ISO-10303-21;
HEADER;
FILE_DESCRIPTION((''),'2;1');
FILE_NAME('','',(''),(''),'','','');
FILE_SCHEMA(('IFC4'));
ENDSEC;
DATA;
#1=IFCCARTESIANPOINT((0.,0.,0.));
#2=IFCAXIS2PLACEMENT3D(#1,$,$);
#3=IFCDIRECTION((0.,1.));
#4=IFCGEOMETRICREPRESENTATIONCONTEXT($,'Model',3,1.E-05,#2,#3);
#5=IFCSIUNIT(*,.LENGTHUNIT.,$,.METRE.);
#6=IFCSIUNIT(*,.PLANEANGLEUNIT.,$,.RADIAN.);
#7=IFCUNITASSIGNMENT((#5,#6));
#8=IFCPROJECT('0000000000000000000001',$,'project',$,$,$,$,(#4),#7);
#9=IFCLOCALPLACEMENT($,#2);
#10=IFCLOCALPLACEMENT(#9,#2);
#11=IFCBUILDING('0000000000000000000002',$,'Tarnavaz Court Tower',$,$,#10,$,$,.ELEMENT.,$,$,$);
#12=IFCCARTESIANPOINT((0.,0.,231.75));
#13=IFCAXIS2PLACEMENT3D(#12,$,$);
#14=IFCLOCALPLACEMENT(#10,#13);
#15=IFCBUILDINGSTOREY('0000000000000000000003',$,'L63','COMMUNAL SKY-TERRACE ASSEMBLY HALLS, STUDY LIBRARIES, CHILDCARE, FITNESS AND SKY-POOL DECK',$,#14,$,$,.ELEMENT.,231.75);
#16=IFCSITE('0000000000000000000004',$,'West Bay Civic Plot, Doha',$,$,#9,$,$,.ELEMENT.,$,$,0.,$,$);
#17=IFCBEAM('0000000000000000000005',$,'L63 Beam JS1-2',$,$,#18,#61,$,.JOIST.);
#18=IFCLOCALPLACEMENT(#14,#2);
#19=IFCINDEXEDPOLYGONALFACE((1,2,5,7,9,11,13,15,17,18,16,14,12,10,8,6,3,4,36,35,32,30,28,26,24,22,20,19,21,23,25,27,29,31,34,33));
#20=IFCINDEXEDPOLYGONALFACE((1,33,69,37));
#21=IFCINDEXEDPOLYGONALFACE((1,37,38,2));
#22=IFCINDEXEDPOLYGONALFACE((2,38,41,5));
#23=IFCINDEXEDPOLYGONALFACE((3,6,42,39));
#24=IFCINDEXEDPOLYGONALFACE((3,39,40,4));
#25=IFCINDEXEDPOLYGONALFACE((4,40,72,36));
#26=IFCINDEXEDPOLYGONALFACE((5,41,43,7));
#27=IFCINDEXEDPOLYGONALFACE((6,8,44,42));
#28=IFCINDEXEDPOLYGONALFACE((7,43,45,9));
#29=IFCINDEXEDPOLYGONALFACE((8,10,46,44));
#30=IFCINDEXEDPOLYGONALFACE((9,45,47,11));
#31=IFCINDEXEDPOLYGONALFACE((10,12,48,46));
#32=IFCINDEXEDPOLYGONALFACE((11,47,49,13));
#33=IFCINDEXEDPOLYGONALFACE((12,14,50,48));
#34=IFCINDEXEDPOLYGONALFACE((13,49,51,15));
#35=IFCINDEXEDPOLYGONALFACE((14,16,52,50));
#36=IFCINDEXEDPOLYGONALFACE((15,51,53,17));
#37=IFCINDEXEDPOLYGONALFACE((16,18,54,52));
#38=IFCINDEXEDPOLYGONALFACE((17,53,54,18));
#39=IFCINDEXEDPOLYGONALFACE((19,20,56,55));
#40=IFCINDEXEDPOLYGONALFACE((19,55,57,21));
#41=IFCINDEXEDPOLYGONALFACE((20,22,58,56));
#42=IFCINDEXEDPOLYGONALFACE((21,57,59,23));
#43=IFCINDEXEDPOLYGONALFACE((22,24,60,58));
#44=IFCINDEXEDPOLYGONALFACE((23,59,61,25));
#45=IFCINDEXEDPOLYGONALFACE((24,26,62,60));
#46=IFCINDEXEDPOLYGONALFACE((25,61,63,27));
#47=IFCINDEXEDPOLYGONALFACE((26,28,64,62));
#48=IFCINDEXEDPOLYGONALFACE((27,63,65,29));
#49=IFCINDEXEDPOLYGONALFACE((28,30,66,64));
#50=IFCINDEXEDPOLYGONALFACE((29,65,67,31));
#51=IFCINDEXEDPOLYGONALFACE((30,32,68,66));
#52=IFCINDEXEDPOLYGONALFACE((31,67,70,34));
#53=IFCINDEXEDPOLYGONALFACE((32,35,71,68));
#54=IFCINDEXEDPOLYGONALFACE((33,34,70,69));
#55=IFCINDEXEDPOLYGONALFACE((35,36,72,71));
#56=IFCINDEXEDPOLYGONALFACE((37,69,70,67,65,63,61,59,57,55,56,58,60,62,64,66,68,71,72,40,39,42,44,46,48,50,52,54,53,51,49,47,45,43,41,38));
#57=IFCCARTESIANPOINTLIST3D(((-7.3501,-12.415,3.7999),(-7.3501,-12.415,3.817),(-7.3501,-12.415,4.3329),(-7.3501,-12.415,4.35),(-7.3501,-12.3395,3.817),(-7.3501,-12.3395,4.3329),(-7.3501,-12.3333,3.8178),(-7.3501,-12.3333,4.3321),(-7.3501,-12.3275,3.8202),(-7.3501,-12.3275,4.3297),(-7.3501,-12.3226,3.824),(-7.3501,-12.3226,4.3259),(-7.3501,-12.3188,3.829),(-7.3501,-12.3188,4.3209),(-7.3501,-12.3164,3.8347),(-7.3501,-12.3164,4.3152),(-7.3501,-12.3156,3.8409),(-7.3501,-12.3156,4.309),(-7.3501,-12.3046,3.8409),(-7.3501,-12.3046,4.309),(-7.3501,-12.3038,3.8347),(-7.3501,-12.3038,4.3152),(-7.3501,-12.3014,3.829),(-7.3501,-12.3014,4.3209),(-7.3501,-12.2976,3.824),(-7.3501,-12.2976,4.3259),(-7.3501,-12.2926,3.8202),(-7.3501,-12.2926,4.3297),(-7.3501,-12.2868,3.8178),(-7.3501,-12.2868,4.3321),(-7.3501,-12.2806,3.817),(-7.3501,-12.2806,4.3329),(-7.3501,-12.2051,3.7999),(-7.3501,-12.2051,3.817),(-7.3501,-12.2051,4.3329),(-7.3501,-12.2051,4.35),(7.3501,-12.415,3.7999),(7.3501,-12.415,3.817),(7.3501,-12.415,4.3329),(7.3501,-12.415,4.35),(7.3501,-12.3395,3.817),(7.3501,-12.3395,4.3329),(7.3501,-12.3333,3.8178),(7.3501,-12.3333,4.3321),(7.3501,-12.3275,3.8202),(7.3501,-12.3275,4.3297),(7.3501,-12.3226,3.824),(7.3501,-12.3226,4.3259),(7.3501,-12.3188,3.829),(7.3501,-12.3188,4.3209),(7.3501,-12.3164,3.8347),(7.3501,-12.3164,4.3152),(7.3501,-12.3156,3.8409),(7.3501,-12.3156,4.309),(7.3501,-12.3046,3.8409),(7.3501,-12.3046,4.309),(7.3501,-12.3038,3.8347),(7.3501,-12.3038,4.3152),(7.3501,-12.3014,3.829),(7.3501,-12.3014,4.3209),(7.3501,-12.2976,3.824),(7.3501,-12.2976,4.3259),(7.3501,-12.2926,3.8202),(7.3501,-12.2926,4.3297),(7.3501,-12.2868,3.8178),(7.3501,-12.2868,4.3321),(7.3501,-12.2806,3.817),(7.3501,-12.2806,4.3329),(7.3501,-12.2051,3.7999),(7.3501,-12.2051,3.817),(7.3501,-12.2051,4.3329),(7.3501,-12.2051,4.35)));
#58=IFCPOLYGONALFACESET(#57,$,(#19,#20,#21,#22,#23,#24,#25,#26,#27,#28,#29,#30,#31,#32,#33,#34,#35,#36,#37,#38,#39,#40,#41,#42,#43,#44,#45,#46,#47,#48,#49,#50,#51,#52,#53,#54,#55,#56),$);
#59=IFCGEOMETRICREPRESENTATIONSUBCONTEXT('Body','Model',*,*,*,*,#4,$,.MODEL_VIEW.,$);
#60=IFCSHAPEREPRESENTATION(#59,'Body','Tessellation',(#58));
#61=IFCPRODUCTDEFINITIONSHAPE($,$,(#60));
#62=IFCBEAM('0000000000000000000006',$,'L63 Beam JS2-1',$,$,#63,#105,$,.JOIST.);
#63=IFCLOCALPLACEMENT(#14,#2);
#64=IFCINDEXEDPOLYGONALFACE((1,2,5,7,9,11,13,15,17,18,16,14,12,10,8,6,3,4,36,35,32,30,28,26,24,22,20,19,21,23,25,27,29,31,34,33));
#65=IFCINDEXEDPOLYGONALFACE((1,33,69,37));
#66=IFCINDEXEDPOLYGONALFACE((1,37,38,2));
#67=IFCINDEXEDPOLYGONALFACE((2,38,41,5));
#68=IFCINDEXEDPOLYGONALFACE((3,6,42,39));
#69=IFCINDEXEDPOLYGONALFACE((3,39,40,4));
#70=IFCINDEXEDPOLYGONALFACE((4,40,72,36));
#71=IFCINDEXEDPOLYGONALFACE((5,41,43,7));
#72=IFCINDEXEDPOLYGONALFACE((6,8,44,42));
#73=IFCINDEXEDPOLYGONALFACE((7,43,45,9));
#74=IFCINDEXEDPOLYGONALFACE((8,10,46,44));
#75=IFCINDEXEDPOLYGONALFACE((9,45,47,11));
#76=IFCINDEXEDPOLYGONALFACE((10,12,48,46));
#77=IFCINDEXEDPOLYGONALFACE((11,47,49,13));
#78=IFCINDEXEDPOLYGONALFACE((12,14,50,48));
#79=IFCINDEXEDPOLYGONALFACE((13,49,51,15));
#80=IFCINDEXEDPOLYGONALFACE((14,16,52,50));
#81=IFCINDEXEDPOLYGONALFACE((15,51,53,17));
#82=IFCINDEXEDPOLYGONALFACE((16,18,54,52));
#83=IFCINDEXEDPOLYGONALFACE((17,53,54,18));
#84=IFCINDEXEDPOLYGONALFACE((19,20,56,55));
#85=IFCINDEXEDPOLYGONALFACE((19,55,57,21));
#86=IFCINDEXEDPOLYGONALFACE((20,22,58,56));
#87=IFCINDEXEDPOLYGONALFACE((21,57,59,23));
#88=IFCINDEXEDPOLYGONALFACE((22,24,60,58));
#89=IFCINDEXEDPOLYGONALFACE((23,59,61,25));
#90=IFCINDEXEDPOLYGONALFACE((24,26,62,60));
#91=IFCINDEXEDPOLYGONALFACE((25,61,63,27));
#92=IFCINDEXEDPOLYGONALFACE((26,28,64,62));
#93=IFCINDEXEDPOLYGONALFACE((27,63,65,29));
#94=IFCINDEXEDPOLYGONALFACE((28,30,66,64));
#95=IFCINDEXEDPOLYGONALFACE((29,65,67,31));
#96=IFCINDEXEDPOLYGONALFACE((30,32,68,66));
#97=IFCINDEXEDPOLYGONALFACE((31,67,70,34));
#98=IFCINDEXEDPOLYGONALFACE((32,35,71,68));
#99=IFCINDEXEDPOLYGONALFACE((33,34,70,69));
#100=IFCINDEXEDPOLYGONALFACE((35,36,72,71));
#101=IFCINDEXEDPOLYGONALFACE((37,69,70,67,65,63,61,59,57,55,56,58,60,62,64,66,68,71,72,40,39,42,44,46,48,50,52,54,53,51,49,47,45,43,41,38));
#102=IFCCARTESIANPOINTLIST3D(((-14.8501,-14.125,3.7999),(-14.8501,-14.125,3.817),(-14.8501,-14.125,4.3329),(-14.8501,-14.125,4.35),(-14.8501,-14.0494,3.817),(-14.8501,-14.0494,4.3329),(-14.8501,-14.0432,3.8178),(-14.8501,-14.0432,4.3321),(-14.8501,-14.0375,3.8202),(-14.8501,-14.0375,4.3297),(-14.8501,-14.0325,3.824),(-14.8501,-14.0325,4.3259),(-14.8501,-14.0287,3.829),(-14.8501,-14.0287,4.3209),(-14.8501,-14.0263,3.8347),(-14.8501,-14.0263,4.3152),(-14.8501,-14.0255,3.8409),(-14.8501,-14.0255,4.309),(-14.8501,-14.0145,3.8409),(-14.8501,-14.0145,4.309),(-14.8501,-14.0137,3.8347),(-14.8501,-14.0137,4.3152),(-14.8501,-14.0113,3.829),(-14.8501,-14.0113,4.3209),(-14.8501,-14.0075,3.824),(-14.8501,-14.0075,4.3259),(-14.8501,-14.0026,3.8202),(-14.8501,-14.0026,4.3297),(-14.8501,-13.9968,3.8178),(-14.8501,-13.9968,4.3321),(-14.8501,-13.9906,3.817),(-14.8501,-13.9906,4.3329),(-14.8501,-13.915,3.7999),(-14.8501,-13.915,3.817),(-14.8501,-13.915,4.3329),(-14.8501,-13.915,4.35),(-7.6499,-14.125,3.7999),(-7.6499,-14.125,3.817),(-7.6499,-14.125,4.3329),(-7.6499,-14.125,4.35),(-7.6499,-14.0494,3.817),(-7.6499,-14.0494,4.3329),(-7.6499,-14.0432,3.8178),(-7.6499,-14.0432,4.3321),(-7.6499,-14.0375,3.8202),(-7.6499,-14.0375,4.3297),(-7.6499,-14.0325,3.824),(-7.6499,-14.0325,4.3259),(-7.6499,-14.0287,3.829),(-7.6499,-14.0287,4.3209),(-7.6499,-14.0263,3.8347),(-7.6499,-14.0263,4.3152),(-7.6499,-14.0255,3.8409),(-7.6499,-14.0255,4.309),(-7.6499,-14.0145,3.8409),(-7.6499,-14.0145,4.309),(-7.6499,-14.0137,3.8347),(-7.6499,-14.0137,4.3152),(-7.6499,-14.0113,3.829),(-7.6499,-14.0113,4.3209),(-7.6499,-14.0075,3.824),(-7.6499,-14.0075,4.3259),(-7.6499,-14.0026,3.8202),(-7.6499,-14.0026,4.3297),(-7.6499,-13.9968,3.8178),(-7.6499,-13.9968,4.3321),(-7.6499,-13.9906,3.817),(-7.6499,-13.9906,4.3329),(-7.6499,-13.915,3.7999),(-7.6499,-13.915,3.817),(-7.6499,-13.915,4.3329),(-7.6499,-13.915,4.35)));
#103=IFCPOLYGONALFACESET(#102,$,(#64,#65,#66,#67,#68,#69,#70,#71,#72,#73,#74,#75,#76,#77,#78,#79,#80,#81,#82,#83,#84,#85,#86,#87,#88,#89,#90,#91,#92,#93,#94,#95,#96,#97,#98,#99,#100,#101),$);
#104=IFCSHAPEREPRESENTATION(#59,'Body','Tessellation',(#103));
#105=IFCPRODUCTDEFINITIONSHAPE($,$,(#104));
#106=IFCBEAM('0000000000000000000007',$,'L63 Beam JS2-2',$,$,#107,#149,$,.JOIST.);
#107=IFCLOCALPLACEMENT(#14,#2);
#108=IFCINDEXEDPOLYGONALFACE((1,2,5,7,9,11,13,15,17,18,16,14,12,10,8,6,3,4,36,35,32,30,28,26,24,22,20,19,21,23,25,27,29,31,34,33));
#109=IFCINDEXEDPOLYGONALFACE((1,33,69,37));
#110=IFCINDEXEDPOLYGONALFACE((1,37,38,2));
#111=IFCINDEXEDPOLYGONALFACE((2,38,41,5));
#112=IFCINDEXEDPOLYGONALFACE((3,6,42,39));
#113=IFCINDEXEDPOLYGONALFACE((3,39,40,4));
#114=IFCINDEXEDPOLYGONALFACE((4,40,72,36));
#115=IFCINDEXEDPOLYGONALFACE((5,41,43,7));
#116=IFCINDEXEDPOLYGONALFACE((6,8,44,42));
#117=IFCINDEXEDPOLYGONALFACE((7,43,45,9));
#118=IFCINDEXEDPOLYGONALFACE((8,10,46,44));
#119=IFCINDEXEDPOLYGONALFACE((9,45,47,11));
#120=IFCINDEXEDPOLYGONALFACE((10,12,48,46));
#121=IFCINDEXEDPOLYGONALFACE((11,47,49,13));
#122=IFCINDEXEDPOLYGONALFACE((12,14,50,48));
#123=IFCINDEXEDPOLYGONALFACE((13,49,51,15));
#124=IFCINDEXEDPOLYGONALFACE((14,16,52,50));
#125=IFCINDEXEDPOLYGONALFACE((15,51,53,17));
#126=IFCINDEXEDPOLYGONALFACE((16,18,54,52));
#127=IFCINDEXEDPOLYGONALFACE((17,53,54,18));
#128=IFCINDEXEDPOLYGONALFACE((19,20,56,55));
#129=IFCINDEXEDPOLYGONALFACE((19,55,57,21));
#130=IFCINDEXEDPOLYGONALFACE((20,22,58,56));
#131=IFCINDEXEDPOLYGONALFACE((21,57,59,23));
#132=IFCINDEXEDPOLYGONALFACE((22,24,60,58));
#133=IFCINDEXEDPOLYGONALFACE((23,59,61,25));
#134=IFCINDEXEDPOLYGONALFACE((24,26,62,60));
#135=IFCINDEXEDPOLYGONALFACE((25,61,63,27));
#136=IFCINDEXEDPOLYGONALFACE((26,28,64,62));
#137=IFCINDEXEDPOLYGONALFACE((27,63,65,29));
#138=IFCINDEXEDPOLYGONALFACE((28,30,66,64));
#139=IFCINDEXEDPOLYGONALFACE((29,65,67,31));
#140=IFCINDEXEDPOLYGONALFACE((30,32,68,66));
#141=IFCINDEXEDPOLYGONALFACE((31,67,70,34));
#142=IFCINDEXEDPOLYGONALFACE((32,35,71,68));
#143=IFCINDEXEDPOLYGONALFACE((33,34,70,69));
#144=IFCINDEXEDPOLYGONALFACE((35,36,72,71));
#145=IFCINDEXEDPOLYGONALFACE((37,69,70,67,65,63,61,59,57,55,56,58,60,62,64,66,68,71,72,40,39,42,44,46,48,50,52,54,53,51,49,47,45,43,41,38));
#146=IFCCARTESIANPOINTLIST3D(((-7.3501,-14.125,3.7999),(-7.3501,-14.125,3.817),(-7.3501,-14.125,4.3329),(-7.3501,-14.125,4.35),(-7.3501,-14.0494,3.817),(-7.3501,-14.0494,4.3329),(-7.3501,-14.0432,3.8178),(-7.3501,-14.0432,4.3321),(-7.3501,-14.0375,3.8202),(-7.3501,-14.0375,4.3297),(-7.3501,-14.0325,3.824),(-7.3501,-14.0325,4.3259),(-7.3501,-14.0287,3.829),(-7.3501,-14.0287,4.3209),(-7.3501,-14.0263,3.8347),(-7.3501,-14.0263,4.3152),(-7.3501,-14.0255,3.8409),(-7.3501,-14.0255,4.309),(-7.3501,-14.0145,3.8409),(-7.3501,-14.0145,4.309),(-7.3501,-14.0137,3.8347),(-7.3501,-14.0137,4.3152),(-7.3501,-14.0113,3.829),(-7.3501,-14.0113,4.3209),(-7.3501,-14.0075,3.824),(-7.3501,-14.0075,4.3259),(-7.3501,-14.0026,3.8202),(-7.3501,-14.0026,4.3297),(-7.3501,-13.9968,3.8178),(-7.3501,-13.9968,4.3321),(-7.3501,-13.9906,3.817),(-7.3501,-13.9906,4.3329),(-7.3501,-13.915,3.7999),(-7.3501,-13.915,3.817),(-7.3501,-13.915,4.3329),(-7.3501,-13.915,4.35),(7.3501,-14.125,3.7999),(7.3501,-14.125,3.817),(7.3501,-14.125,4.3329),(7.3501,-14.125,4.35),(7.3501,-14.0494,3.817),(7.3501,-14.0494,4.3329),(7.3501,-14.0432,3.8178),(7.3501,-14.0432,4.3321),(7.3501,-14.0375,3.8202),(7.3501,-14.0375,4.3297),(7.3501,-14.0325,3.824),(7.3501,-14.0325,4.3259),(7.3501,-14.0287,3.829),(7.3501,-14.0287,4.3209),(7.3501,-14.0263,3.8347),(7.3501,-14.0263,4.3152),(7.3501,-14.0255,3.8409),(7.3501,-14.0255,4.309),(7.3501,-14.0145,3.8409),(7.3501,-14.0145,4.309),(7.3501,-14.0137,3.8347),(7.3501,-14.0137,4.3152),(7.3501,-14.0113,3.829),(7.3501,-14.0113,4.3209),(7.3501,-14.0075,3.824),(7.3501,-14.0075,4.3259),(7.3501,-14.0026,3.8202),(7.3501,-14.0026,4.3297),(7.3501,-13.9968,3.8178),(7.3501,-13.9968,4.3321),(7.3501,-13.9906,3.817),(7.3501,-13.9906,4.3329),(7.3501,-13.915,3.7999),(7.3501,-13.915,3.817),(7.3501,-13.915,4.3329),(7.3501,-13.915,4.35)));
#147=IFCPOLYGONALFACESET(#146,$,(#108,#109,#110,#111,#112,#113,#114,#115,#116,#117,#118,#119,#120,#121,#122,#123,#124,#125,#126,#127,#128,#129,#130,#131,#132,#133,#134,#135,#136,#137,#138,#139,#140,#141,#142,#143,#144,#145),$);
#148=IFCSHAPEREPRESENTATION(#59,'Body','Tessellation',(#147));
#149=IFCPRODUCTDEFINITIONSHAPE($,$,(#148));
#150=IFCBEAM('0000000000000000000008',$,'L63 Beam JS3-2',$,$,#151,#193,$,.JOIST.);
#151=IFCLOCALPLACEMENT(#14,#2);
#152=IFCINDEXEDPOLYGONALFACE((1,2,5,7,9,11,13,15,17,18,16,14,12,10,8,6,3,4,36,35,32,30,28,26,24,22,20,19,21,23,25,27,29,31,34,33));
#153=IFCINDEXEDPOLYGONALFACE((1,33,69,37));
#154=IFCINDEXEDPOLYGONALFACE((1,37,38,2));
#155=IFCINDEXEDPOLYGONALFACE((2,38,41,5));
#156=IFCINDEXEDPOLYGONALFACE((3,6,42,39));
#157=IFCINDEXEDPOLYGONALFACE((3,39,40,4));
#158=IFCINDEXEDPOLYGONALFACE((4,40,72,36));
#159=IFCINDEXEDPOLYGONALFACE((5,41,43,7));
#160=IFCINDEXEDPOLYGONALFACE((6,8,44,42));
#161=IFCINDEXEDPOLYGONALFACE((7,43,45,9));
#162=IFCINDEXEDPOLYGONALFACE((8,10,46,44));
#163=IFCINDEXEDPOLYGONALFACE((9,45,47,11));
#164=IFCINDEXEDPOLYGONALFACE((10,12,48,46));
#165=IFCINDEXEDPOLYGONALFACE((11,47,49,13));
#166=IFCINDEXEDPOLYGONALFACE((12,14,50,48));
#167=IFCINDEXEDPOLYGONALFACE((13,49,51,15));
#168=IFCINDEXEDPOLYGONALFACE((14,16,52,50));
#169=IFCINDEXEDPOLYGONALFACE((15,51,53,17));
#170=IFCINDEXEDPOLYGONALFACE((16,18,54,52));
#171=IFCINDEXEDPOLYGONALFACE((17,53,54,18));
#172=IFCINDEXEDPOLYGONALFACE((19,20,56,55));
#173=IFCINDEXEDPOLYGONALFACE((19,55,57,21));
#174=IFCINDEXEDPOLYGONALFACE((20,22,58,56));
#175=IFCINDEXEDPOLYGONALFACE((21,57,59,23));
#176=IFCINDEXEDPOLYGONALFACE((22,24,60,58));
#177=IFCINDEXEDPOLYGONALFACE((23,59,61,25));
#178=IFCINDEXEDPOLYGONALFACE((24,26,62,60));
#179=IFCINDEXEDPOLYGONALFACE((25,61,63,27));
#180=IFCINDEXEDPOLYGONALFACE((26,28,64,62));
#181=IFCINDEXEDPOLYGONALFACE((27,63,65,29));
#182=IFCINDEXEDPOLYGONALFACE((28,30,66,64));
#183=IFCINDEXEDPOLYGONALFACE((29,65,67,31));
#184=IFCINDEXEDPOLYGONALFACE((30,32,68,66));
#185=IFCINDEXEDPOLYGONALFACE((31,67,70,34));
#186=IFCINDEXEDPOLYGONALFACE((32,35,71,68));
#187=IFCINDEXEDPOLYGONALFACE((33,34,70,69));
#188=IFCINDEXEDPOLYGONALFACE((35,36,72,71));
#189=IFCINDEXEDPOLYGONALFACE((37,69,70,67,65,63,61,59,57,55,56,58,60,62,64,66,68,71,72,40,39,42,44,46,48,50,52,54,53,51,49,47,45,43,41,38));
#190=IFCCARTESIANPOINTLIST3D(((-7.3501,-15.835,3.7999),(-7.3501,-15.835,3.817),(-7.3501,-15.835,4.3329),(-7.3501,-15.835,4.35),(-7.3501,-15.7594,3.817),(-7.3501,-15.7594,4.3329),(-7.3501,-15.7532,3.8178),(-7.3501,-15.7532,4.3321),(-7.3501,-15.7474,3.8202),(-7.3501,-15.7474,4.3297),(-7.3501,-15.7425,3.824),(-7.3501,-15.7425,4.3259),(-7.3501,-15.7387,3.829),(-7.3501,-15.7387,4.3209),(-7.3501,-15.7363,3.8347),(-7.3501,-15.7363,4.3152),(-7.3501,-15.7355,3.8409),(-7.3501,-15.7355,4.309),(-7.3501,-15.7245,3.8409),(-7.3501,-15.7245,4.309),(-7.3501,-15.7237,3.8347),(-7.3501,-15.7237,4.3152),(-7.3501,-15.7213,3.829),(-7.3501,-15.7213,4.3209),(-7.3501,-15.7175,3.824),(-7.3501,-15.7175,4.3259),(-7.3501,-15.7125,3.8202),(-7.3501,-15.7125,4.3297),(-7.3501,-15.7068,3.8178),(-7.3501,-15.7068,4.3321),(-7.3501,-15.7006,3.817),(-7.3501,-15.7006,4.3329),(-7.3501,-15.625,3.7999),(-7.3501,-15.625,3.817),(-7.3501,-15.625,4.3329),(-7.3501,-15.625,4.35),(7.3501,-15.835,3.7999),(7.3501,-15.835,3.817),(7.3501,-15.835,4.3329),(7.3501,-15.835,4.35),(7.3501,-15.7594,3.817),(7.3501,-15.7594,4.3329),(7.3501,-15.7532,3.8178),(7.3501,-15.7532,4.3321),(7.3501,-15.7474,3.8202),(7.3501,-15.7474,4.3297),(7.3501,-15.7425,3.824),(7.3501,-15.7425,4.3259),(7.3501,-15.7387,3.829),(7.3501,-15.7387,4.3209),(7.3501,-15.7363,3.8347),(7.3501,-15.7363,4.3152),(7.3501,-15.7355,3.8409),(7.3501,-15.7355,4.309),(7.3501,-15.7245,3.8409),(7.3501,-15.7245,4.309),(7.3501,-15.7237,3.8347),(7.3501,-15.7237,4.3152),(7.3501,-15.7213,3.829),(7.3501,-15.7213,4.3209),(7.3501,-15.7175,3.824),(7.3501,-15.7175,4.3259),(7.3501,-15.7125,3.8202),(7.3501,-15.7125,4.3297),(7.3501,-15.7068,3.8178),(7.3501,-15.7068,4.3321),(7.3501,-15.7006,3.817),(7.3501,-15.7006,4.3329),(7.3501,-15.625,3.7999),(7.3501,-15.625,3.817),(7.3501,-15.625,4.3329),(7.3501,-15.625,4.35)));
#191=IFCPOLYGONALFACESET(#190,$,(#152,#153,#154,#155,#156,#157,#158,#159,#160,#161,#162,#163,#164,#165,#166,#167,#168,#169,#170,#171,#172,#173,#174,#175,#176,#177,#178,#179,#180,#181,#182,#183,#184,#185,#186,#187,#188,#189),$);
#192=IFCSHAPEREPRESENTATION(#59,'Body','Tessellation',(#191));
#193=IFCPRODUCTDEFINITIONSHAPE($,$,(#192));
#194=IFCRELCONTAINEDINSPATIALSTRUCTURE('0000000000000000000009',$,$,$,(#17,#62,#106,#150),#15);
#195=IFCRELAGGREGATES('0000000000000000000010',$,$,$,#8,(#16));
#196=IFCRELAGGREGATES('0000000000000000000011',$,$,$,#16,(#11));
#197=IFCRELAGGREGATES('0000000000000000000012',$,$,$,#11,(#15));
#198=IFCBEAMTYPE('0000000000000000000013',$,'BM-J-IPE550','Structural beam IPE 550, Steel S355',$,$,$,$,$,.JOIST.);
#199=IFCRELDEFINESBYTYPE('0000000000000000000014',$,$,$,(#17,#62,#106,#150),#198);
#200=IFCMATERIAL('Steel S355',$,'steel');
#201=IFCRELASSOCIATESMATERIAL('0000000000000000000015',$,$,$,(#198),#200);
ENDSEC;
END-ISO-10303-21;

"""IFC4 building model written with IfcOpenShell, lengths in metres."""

from ifc_helpers import new_model, si_unit, direction, frame, origin, origin_2d, place, context, subcontext, project, spatial, i_section, extrude, material, material_profile, profile_set, type_object, element, save


model = new_model("IFC4")

# Units and contexts
model_context = context("Model", 3, precision=1e-05, world=origin(), true_north=direction((0.0, 1.0)))
body_context = subcontext(model_context, "Body", "Model", "MODEL_VIEW")
ifc_project = project(units=[si_unit("LENGTHUNIT", "METRE"), si_unit("PLANEANGLEUNIT", "RADIAN")], contexts=[model_context])

# Site, building, storey
site_placement = place(None, origin())
site = spatial("IfcSite", under=ifc_project, at=site_placement, Name="West Bay Civic Plot, Doha", CompositionType="ELEMENT", RefElevation=0.0)
building_placement = place(site_placement, origin())
building = spatial("IfcBuilding", under=site, at=building_placement, Name="Tarnavaz Court Tower", CompositionType="ELEMENT")
storey_placement = place(building_placement, frame((0.0, 0.0, 231.75)))
storey = spatial("IfcBuildingStorey", under=building, at=storey_placement, Name="L63", Description="COMMUNAL SKY-TERRACE ASSEMBLY HALLS, STUDY LIBRARIES, CHILDCARE, FITNESS AND SKY-POOL DECK", CompositionType="ELEMENT", Elevation=231.75)

# Beams
ifc_material_1 = material(Name="Steel S355", Category="steel")
ifc_material_profile_1 = material_profile(ifc_material_1, i_section(OverallWidth=0.21, OverallDepth=0.55, WebThickness=0.011, FlangeThickness=0.0171, FilletRadius=0.0239, at=origin_2d()), Name="IPE 550")
ifc_profile_set_1 = profile_set([ifc_material_profile_1], Name="Steel S355")
beam_type_1 = type_object("IfcBeamType", Name="BM-J-IPE550", Description="Structural beam IPE 550, Steel S355", PredefinedType="JOIST", material=ifc_profile_set_1)
beam_1_placement = place(storey_placement, frame((-7.3501, -12.3101, 4.075), z_axis=(1.0, 0.0, 0.0), x_axis=(0.0, 1.0, 0.0)))
element("IfcBeam", 1, at=beam_1_placement, inside=storey, type_object=beam_type_1, Name="L63 Beam JS1-2", PredefinedType="JOIST", context=body_context, shape_type="SweptSolid", body=[
    extrude(i_section(OverallWidth=0.21, OverallDepth=0.55, WebThickness=0.011, FlangeThickness=0.0171, FilletRadius=0.0239, at=origin_2d()), origin(), (0.0, 0.0, 1.0), 14.7002),
])
beam_2_placement = place(storey_placement, frame((-14.8501, -14.02, 4.075), z_axis=(1.0, 0.0, 0.0), x_axis=(0.0, 1.0, 0.0)))
element("IfcBeam", 2, at=beam_2_placement, inside=storey, type_object=beam_type_1, Name="L63 Beam JS2-1", PredefinedType="JOIST", context=body_context, shape_type="SweptSolid", body=[
    extrude(i_section(OverallWidth=0.21, OverallDepth=0.55, WebThickness=0.011, FlangeThickness=0.0171, FilletRadius=0.0239, at=origin_2d()), origin(), (0.0, 0.0, 1.0), 7.2002),
])
for number, where, z_axis, x_axis, name in (
    (3, (-7.3501, -14.02, 4.075), (1.0, 0.0, 0.0), (0.0, 1.0, 0.0), "L63 Beam JS2-2"),
    (4, (-7.3501, -15.73, 4.075), (1.0, 0.0, 0.0), (0.0, 1.0, 0.0), "L63 Beam JS3-2"),
):
    element("IfcBeam", number, at=place(storey_placement, frame(where, z_axis=z_axis, x_axis=x_axis)), inside=storey, type_object=beam_type_1, Name=name, PredefinedType="JOIST", context=body_context, shape_type="SweptSolid", body=[
        extrude(i_section(OverallWidth=0.21, OverallDepth=0.55, WebThickness=0.011, FlangeThickness=0.0171, FilletRadius=0.0239, at=origin_2d()), origin(), (0.0, 0.0, 1.0), 14.7002),
    ])

save(model, "model.ifc")
